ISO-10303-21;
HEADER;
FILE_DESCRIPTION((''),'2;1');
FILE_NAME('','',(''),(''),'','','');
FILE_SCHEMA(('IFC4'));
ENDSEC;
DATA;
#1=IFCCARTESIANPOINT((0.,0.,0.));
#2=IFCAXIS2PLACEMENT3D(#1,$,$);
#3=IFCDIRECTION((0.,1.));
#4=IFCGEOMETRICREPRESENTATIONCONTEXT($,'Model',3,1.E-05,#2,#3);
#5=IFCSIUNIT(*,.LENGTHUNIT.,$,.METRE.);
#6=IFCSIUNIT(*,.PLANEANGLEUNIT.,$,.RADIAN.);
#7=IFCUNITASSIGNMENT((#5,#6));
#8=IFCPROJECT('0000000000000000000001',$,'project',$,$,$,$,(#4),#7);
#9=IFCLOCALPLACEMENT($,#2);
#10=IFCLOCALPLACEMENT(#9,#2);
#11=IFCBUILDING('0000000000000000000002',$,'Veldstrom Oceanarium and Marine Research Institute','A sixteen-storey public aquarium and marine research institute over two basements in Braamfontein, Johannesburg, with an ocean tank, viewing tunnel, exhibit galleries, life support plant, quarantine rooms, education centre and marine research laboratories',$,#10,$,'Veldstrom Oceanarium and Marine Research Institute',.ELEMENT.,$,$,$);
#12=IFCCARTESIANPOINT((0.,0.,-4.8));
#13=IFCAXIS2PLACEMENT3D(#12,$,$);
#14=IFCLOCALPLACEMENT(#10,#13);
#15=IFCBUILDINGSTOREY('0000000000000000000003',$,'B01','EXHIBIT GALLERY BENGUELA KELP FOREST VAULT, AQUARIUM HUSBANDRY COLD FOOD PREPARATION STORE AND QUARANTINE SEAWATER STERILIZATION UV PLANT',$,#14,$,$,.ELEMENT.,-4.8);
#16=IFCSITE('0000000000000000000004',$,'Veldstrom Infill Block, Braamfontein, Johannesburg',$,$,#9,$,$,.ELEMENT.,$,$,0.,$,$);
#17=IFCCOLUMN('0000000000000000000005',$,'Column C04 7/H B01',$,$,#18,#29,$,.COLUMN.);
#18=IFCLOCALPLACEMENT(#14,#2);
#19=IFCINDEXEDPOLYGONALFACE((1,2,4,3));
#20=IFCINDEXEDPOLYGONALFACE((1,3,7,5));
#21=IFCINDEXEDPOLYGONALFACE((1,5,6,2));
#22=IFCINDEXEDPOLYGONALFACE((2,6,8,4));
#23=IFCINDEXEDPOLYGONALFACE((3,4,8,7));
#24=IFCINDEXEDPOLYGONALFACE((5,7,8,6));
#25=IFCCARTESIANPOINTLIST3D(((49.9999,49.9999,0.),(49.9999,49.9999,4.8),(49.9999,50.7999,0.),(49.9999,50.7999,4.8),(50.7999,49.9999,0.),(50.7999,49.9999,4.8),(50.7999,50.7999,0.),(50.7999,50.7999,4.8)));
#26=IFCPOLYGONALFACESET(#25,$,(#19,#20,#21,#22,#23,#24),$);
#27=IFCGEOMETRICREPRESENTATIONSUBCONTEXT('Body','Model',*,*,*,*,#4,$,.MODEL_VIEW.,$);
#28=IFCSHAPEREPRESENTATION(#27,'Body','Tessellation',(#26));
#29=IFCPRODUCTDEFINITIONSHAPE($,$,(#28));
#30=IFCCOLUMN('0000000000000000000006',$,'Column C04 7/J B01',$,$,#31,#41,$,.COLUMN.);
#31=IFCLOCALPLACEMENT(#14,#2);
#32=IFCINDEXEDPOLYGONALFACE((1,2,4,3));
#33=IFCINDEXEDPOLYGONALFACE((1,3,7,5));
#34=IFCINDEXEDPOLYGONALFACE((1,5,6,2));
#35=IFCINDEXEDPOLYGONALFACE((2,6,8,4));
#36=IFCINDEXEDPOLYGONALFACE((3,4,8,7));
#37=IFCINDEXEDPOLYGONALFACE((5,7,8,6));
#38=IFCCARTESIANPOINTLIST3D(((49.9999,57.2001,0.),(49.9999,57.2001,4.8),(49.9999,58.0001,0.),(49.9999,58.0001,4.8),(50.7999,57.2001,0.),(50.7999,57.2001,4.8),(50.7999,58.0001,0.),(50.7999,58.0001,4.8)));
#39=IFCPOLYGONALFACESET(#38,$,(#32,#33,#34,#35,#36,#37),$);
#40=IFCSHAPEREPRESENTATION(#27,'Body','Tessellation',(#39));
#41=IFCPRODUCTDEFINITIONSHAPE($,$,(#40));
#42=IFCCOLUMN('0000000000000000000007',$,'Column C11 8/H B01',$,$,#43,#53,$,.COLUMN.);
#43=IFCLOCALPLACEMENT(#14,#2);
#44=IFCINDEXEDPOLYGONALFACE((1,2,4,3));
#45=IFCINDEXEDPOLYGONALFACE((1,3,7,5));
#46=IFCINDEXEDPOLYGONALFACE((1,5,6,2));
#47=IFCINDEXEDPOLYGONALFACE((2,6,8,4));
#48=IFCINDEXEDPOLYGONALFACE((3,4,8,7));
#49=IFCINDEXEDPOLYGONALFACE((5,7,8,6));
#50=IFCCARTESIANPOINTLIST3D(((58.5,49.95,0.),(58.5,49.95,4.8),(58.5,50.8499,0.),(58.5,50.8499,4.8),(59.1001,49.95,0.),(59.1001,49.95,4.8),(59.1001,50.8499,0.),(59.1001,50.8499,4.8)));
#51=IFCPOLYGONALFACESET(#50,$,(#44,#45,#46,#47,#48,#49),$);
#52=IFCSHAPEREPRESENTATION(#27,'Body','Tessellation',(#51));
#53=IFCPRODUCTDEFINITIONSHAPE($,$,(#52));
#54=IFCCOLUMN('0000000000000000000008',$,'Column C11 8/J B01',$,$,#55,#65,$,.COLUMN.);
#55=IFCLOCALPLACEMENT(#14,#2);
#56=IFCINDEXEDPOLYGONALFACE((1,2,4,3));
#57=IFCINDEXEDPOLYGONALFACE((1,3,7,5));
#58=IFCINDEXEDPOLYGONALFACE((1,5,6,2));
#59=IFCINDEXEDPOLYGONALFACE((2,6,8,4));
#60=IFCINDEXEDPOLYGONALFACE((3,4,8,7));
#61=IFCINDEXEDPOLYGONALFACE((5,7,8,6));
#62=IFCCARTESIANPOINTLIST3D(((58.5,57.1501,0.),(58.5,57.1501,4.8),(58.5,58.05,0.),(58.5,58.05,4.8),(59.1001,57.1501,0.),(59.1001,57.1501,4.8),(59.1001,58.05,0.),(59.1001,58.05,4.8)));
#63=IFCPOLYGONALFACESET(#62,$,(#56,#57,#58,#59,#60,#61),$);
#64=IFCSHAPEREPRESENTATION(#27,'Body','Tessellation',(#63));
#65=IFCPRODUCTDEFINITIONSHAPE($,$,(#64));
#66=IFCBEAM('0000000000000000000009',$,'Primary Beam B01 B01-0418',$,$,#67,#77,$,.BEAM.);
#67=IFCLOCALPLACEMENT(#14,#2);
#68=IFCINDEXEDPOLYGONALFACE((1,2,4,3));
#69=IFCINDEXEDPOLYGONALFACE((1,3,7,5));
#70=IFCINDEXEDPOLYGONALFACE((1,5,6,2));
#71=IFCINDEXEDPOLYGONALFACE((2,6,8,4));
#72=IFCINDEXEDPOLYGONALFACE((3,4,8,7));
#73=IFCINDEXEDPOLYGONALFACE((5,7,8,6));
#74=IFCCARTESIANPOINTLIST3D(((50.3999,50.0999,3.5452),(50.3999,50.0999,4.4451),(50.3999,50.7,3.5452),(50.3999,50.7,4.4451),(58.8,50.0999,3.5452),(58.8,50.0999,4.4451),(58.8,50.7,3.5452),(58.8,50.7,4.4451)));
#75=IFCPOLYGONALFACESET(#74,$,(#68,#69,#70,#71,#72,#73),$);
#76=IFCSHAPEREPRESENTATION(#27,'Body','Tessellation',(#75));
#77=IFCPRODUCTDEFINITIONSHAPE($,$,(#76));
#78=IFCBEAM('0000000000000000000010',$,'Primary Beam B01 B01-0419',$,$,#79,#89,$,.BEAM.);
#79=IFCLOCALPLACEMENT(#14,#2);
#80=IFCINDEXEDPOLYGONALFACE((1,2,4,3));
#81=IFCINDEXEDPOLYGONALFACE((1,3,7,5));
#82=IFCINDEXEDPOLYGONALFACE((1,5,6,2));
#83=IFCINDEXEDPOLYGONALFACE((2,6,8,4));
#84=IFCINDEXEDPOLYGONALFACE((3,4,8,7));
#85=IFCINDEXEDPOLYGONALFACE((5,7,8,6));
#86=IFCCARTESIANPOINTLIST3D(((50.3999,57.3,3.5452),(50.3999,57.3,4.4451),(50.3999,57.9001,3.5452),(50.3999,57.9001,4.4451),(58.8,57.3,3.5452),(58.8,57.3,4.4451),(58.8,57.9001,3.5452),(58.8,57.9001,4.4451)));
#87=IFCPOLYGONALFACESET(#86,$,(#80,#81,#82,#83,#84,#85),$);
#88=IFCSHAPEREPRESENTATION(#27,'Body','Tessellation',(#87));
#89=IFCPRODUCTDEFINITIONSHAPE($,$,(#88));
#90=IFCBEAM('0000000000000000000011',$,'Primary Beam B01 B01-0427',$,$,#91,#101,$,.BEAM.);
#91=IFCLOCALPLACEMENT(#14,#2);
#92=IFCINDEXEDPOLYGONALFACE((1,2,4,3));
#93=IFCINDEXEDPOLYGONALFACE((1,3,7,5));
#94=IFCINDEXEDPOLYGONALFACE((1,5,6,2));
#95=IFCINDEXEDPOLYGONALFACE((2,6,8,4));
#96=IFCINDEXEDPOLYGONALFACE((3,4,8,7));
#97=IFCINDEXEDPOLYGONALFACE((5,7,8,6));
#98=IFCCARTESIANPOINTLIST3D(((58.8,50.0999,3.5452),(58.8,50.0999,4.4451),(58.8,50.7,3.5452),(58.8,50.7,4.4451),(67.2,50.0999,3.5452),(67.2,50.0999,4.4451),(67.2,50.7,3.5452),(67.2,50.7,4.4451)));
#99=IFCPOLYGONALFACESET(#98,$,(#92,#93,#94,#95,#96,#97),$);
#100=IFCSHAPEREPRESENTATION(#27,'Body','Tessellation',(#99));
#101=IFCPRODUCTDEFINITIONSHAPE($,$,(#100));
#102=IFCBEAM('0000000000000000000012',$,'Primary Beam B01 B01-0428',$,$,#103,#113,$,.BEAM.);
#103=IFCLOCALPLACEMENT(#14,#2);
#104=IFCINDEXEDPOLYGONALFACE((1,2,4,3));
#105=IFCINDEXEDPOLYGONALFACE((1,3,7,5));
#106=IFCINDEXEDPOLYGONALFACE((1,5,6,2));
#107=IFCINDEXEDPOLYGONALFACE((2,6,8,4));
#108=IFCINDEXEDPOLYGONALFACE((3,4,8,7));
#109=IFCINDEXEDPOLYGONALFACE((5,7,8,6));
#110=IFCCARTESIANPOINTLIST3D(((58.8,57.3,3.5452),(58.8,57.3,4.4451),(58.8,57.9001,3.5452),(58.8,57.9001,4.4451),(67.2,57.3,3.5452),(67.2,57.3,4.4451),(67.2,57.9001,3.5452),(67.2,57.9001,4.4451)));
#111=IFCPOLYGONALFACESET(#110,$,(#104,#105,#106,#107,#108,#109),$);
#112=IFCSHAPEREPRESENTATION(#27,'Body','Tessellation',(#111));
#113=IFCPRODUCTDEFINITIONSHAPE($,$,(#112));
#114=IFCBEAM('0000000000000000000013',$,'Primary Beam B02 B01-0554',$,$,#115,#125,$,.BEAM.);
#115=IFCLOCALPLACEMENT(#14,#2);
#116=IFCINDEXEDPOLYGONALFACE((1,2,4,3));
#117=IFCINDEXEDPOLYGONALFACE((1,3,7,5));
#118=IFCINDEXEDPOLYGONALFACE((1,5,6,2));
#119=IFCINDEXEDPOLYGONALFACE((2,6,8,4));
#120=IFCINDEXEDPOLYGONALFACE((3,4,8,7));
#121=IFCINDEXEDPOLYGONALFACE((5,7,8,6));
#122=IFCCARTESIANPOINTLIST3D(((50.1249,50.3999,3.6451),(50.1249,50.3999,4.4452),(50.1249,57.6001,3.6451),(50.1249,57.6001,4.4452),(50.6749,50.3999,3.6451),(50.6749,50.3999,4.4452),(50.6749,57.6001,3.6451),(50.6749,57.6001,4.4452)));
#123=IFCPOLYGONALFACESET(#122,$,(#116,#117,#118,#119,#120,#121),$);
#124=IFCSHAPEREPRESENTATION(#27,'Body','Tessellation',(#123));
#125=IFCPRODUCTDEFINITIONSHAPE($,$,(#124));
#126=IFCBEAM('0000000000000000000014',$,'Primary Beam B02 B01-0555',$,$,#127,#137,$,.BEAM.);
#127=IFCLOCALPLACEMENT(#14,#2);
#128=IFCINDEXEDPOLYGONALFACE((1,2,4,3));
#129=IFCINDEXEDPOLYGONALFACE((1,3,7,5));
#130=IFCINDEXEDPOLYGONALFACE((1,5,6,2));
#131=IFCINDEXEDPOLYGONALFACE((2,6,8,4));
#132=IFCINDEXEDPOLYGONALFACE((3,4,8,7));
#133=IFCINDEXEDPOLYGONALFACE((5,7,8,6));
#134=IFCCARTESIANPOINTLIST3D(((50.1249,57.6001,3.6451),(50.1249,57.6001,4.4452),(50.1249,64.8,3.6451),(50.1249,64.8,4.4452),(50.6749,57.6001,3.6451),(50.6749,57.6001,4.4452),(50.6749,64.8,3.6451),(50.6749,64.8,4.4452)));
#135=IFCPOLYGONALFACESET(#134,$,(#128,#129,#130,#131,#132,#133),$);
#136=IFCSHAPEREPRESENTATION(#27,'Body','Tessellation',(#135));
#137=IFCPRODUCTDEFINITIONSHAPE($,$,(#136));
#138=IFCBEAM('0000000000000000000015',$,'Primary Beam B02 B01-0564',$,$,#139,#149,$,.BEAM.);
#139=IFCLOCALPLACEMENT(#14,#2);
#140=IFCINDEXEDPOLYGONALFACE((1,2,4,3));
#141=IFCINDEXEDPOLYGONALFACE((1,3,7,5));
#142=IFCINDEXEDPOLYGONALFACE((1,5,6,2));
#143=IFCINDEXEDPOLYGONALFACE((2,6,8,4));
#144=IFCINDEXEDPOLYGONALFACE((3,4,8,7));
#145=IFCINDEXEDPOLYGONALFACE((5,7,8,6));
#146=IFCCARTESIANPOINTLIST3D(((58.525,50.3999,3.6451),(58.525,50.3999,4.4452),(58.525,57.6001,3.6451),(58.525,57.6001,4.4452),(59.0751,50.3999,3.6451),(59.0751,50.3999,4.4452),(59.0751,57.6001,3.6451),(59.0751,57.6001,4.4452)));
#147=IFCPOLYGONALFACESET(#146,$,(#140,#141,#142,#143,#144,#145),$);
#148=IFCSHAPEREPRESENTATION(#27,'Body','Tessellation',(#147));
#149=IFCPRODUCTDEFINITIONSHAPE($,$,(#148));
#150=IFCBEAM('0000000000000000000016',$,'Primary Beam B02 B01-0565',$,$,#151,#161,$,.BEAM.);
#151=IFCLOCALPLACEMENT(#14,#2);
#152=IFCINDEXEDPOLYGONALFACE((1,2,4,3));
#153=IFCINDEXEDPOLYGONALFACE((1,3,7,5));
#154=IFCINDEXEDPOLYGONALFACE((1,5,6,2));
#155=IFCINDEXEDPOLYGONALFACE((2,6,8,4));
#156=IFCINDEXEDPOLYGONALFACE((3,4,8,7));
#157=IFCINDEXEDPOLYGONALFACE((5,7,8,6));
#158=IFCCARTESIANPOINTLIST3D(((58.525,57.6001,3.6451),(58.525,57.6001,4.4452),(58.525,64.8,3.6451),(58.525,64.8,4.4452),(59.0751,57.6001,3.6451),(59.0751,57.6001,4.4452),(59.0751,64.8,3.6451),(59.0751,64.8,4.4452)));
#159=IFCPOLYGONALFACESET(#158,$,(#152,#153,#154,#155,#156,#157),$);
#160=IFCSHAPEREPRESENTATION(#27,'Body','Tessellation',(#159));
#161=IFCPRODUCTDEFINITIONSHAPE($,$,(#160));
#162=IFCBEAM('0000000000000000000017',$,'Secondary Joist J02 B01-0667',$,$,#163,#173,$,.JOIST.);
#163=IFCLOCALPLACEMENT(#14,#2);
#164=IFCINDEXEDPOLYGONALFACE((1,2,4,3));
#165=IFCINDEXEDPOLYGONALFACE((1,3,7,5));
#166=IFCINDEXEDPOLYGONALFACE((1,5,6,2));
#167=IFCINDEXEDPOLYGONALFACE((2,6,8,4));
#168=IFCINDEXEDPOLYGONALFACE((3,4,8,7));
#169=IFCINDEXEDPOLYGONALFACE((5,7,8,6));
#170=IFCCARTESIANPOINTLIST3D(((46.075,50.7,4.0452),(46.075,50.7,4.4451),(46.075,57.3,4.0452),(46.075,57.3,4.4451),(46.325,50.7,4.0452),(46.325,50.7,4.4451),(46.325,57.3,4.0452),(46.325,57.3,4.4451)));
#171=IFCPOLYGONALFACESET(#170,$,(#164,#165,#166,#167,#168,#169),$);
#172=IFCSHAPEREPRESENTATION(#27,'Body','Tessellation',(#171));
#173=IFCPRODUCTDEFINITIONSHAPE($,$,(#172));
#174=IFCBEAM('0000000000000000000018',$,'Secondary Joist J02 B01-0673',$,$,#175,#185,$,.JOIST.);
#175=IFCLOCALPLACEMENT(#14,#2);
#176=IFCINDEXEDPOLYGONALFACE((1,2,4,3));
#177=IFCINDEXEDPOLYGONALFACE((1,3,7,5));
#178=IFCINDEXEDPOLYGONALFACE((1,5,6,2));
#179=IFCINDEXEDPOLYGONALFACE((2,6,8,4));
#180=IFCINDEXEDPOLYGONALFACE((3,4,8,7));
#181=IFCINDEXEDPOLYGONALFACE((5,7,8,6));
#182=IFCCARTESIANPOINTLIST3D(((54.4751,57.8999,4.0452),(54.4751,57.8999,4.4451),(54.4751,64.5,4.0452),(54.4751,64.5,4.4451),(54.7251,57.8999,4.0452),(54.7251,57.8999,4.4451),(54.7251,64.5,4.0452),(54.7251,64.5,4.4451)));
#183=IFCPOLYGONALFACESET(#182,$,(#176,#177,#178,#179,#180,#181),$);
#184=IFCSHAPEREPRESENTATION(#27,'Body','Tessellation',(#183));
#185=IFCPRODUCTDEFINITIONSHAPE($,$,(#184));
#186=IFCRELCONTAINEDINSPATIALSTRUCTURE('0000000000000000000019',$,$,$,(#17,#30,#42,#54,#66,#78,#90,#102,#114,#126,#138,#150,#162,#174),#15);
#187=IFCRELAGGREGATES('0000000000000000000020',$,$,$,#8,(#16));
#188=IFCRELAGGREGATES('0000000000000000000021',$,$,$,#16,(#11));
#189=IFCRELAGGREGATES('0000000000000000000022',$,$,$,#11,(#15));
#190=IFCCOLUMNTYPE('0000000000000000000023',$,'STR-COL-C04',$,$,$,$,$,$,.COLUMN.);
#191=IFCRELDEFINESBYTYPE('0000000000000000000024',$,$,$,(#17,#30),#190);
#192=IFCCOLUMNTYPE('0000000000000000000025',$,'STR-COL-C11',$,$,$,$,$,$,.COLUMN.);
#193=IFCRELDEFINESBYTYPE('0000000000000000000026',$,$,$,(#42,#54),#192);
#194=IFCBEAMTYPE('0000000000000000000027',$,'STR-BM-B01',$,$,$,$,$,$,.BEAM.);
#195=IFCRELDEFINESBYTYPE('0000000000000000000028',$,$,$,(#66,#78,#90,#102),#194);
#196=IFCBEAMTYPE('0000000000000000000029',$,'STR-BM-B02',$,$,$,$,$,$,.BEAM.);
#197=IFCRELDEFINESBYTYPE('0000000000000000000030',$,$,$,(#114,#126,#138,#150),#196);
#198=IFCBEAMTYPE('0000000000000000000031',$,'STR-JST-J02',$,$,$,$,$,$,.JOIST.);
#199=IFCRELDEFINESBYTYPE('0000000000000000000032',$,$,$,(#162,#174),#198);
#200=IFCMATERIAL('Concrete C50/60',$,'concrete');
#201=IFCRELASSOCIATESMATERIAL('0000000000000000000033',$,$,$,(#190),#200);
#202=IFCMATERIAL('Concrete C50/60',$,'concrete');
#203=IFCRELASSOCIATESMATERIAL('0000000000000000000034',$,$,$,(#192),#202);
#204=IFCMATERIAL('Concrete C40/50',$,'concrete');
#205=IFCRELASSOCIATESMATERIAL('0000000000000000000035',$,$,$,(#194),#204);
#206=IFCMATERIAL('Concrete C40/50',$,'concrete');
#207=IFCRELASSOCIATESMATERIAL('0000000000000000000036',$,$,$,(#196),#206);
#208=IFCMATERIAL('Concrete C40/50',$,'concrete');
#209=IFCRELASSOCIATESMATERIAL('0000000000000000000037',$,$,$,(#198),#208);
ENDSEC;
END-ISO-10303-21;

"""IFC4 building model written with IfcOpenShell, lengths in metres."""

from ifc_helpers import new_model, si_unit, direction, frame, origin, origin_2d, place, context, subcontext, project, spatial, rectangle, extrude, material, material_profile, profile_set, type_object, element, save


model = new_model("IFC4")

# Units and contexts
model_context = context("Model", 3, precision=1e-05, world=origin(), true_north=direction((0.0, 1.0)))
body_context = subcontext(model_context, "Body", "Model", "MODEL_VIEW")
ifc_project = project(units=[si_unit("LENGTHUNIT", "METRE"), si_unit("PLANEANGLEUNIT", "RADIAN")], contexts=[model_context])

# Site, building, storey
site_placement = place(None, origin())
site = spatial("IfcSite", under=ifc_project, at=site_placement, Name="Veldstrom Infill Block, Braamfontein, Johannesburg", CompositionType="ELEMENT", RefElevation=0.0)
building_placement = place(site_placement, origin())
building = spatial("IfcBuilding", under=site, at=building_placement, Name="Veldstrom Oceanarium and Marine Research Institute", Description="A sixteen-storey public aquarium and marine research institute over two basements in Braamfontein, Johannesburg, with an ocean tank, viewing tunnel, exhibit galleries, life support plant, quarantine rooms, education centre and marine research laboratories", LongName="Veldstrom Oceanarium and Marine Research Institute", CompositionType="ELEMENT")
storey_placement = place(building_placement, frame((0.0, 0.0, -4.8)))
storey = spatial("IfcBuildingStorey", under=building, at=storey_placement, Name="B01", Description="EXHIBIT GALLERY BENGUELA KELP FOREST VAULT, AQUARIUM HUSBANDRY COLD FOOD PREPARATION STORE AND QUARANTINE SEAWATER STERILIZATION UV PLANT", CompositionType="ELEMENT", Elevation=-4.8)

# Columns
ifc_material_1 = material(Name="Concrete C50/60", Category="concrete")
ifc_material_profile_1 = material_profile(ifc_material_1, rectangle(XDim=0.8, YDim=0.8, at=origin_2d()), Name="RC-COL-800x800")
ifc_profile_set_1 = profile_set([ifc_material_profile_1], Name="Concrete C50/60")
column_type_1 = type_object("IfcColumnType", Name="STR-COL-C04", PredefinedType="COLUMN", material=ifc_profile_set_1)
for number, where, z_axis, x_axis, name in (
    (1, (50.3999, 50.3999, 0.0), (0.0, 0.0, 1.0), (1.0, 0.0, 0.0), "Column C04 7/H B01"),
    (2, (50.3999, 57.6001, 0.0), (0.0, 0.0, 1.0), (1.0, 0.0, 0.0), "Column C04 7/J B01"),
):
    element("IfcColumn", number, at=place(storey_placement, frame(where, z_axis=z_axis, x_axis=x_axis)), inside=storey, type_object=column_type_1, Name=name, PredefinedType="COLUMN", context=body_context, shape_type="SweptSolid", body=[
        extrude(rectangle(XDim=0.8, YDim=0.8, at=origin_2d()), origin(), (0.0, 0.0, 1.0), 4.8),
    ])
ifc_material_2 = material(Name="Concrete C50/60", Category="concrete")
ifc_material_profile_2 = material_profile(ifc_material_2, rectangle(XDim=0.6001, YDim=0.8999, at=origin_2d()), Name="RC-COL-900x600")
ifc_profile_set_2 = profile_set([ifc_material_profile_2], Name="Concrete C50/60")
column_type_2 = type_object("IfcColumnType", Name="STR-COL-C11", PredefinedType="COLUMN", material=ifc_profile_set_2)
for number, where, z_axis, x_axis, name in (
    (3, (58.8, 50.3999, 0.0), (0.0, 0.0, 1.0), (1.0, 0.0, 0.0), "Column C11 8/H B01"),
    (4, (58.8, 57.6001, 0.0), (0.0, 0.0, 1.0), (1.0, 0.0, 0.0), "Column C11 8/J B01"),
):
    element("IfcColumn", number, at=place(storey_placement, frame(where, z_axis=z_axis, x_axis=x_axis)), inside=storey, type_object=column_type_2, Name=name, PredefinedType="COLUMN", context=body_context, shape_type="SweptSolid", body=[
        extrude(rectangle(XDim=0.6001, YDim=0.8999, at=origin_2d()), origin(), (0.0, 0.0, 1.0), 4.8),
    ])

# Beams
ifc_material_3 = material(Name="Concrete C40/50", Category="concrete")
ifc_material_profile_3 = material_profile(ifc_material_3, rectangle(XDim=0.6001, YDim=0.8999, at=origin_2d()), Name="RC-BM-600x900")
ifc_profile_set_3 = profile_set([ifc_material_profile_3], Name="Concrete C40/50")
beam_type_1 = type_object("IfcBeamType", Name="STR-BM-B01", PredefinedType="BEAM", material=ifc_profile_set_3)
for number, where, z_axis, x_axis, name in (
    (5, (50.3999, 50.3999, 3.9951), (1.0, 0.0, 0.0), (0.0, 1.0, 0.0), "Primary Beam B01 B01-0418"),
    (6, (50.3999, 57.6001, 3.9951), (1.0, 0.0, 0.0), (0.0, 1.0, 0.0), "Primary Beam B01 B01-0419"),
):
    element("IfcBeam", number, at=place(storey_placement, frame(where, z_axis=z_axis, x_axis=x_axis)), inside=storey, type_object=beam_type_1, Name=name, PredefinedType="BEAM", context=body_context, shape_type="SweptSolid", body=[
        extrude(rectangle(XDim=0.6001, YDim=0.8999, at=origin_2d()), origin(), (0.0, 0.0, 1.0), 8.4001),
    ])
for number, where, z_axis, x_axis, name in (
    (7, (58.8, 50.3999, 3.9951), (1.0, 0.0, 0.0), (0.0, 1.0, 0.0), "Primary Beam B01 B01-0427"),
    (8, (58.8, 57.6001, 3.9951), (1.0, 0.0, 0.0), (0.0, 1.0, 0.0), "Primary Beam B01 B01-0428"),
):
    element("IfcBeam", number, at=place(storey_placement, frame(where, z_axis=z_axis, x_axis=x_axis)), inside=storey, type_object=beam_type_1, Name=name, PredefinedType="BEAM", context=body_context, shape_type="SweptSolid", body=[
        extrude(rectangle(XDim=0.6001, YDim=0.8999, at=origin_2d()), origin(), (0.0, 0.0, 1.0), 8.3999),
    ])
ifc_material_4 = material(Name="Concrete C40/50", Category="concrete")
ifc_material_profile_4 = material_profile(ifc_material_4, rectangle(XDim=0.55, YDim=0.8, at=origin_2d()), Name="RC-BM-550x800")
ifc_profile_set_4 = profile_set([ifc_material_profile_4], Name="Concrete C40/50")
beam_type_2 = type_object("IfcBeamType", Name="STR-BM-B02", PredefinedType="BEAM", material=ifc_profile_set_4)
beam_1_placement = place(storey_placement, frame((50.3999, 50.3999, 4.0452), z_axis=(0.0, 1.0, 0.0), x_axis=(-1.0, 0.0, 0.0)))
element("IfcBeam", 9, at=beam_1_placement, inside=storey, type_object=beam_type_2, Name="Primary Beam B02 B01-0554", PredefinedType="BEAM", context=body_context, shape_type="SweptSolid", body=[
    extrude(rectangle(XDim=0.55, YDim=0.8, at=origin_2d()), origin(), (0.0, 0.0, 1.0), 7.2002),
])
beam_2_placement = place(storey_placement, frame((50.3999, 57.6001, 4.0452), z_axis=(0.0, 1.0, 0.0), x_axis=(-1.0, 0.0, 0.0)))
element("IfcBeam", 10, at=beam_2_placement, inside=storey, type_object=beam_type_2, Name="Primary Beam B02 B01-0555", PredefinedType="BEAM", context=body_context, shape_type="SweptSolid", body=[
    extrude(rectangle(XDim=0.55, YDim=0.8, at=origin_2d()), origin(), (0.0, 0.0, 1.0), 7.2),
])
beam_3_placement = place(storey_placement, frame((58.8, 50.3999, 4.0452), z_axis=(0.0, 1.0, 0.0), x_axis=(-1.0, 0.0, 0.0)))
element("IfcBeam", 11, at=beam_3_placement, inside=storey, type_object=beam_type_2, Name="Primary Beam B02 B01-0564", PredefinedType="BEAM", context=body_context, shape_type="SweptSolid", body=[
    extrude(rectangle(XDim=0.55, YDim=0.8, at=origin_2d()), origin(), (0.0, 0.0, 1.0), 7.2002),
])
beam_4_placement = place(storey_placement, frame((58.8, 57.6001, 4.0452), z_axis=(0.0, 1.0, 0.0), x_axis=(-1.0, 0.0, 0.0)))
element("IfcBeam", 12, at=beam_4_placement, inside=storey, type_object=beam_type_2, Name="Primary Beam B02 B01-0565", PredefinedType="BEAM", context=body_context, shape_type="SweptSolid", body=[
    extrude(rectangle(XDim=0.55, YDim=0.8, at=origin_2d()), origin(), (0.0, 0.0, 1.0), 7.2),
])
ifc_material_5 = material(Name="Concrete C40/50", Category="concrete")
ifc_material_profile_5 = material_profile(ifc_material_5, rectangle(XDim=0.25, YDim=0.3999, at=origin_2d()), Name="RC-JST-250x400")
ifc_profile_set_5 = profile_set([ifc_material_profile_5], Name="Concrete C40/50")
beam_type_3 = type_object("IfcBeamType", Name="STR-JST-J02", PredefinedType="JOIST", material=ifc_profile_set_5)
for number, where, z_axis, x_axis, name in (
    (13, (46.2, 50.7, 4.2451), (0.0, 1.0, 0.0), (-1.0, 0.0, 0.0), "Secondary Joist J02 B01-0667"),
    (14, (54.6001, 57.8999, 4.2451), (0.0, 1.0, 0.0), (-1.0, 0.0, 0.0), "Secondary Joist J02 B01-0673"),
):
    element("IfcBeam", number, at=place(storey_placement, frame(where, z_axis=z_axis, x_axis=x_axis)), inside=storey, type_object=beam_type_3, Name=name, PredefinedType="JOIST", context=body_context, shape_type="SweptSolid", body=[
        extrude(rectangle(XDim=0.25, YDim=0.3999, at=origin_2d()), origin(), (0.0, 0.0, 1.0), 6.6001),
    ])

save(model, "model.ifc")
